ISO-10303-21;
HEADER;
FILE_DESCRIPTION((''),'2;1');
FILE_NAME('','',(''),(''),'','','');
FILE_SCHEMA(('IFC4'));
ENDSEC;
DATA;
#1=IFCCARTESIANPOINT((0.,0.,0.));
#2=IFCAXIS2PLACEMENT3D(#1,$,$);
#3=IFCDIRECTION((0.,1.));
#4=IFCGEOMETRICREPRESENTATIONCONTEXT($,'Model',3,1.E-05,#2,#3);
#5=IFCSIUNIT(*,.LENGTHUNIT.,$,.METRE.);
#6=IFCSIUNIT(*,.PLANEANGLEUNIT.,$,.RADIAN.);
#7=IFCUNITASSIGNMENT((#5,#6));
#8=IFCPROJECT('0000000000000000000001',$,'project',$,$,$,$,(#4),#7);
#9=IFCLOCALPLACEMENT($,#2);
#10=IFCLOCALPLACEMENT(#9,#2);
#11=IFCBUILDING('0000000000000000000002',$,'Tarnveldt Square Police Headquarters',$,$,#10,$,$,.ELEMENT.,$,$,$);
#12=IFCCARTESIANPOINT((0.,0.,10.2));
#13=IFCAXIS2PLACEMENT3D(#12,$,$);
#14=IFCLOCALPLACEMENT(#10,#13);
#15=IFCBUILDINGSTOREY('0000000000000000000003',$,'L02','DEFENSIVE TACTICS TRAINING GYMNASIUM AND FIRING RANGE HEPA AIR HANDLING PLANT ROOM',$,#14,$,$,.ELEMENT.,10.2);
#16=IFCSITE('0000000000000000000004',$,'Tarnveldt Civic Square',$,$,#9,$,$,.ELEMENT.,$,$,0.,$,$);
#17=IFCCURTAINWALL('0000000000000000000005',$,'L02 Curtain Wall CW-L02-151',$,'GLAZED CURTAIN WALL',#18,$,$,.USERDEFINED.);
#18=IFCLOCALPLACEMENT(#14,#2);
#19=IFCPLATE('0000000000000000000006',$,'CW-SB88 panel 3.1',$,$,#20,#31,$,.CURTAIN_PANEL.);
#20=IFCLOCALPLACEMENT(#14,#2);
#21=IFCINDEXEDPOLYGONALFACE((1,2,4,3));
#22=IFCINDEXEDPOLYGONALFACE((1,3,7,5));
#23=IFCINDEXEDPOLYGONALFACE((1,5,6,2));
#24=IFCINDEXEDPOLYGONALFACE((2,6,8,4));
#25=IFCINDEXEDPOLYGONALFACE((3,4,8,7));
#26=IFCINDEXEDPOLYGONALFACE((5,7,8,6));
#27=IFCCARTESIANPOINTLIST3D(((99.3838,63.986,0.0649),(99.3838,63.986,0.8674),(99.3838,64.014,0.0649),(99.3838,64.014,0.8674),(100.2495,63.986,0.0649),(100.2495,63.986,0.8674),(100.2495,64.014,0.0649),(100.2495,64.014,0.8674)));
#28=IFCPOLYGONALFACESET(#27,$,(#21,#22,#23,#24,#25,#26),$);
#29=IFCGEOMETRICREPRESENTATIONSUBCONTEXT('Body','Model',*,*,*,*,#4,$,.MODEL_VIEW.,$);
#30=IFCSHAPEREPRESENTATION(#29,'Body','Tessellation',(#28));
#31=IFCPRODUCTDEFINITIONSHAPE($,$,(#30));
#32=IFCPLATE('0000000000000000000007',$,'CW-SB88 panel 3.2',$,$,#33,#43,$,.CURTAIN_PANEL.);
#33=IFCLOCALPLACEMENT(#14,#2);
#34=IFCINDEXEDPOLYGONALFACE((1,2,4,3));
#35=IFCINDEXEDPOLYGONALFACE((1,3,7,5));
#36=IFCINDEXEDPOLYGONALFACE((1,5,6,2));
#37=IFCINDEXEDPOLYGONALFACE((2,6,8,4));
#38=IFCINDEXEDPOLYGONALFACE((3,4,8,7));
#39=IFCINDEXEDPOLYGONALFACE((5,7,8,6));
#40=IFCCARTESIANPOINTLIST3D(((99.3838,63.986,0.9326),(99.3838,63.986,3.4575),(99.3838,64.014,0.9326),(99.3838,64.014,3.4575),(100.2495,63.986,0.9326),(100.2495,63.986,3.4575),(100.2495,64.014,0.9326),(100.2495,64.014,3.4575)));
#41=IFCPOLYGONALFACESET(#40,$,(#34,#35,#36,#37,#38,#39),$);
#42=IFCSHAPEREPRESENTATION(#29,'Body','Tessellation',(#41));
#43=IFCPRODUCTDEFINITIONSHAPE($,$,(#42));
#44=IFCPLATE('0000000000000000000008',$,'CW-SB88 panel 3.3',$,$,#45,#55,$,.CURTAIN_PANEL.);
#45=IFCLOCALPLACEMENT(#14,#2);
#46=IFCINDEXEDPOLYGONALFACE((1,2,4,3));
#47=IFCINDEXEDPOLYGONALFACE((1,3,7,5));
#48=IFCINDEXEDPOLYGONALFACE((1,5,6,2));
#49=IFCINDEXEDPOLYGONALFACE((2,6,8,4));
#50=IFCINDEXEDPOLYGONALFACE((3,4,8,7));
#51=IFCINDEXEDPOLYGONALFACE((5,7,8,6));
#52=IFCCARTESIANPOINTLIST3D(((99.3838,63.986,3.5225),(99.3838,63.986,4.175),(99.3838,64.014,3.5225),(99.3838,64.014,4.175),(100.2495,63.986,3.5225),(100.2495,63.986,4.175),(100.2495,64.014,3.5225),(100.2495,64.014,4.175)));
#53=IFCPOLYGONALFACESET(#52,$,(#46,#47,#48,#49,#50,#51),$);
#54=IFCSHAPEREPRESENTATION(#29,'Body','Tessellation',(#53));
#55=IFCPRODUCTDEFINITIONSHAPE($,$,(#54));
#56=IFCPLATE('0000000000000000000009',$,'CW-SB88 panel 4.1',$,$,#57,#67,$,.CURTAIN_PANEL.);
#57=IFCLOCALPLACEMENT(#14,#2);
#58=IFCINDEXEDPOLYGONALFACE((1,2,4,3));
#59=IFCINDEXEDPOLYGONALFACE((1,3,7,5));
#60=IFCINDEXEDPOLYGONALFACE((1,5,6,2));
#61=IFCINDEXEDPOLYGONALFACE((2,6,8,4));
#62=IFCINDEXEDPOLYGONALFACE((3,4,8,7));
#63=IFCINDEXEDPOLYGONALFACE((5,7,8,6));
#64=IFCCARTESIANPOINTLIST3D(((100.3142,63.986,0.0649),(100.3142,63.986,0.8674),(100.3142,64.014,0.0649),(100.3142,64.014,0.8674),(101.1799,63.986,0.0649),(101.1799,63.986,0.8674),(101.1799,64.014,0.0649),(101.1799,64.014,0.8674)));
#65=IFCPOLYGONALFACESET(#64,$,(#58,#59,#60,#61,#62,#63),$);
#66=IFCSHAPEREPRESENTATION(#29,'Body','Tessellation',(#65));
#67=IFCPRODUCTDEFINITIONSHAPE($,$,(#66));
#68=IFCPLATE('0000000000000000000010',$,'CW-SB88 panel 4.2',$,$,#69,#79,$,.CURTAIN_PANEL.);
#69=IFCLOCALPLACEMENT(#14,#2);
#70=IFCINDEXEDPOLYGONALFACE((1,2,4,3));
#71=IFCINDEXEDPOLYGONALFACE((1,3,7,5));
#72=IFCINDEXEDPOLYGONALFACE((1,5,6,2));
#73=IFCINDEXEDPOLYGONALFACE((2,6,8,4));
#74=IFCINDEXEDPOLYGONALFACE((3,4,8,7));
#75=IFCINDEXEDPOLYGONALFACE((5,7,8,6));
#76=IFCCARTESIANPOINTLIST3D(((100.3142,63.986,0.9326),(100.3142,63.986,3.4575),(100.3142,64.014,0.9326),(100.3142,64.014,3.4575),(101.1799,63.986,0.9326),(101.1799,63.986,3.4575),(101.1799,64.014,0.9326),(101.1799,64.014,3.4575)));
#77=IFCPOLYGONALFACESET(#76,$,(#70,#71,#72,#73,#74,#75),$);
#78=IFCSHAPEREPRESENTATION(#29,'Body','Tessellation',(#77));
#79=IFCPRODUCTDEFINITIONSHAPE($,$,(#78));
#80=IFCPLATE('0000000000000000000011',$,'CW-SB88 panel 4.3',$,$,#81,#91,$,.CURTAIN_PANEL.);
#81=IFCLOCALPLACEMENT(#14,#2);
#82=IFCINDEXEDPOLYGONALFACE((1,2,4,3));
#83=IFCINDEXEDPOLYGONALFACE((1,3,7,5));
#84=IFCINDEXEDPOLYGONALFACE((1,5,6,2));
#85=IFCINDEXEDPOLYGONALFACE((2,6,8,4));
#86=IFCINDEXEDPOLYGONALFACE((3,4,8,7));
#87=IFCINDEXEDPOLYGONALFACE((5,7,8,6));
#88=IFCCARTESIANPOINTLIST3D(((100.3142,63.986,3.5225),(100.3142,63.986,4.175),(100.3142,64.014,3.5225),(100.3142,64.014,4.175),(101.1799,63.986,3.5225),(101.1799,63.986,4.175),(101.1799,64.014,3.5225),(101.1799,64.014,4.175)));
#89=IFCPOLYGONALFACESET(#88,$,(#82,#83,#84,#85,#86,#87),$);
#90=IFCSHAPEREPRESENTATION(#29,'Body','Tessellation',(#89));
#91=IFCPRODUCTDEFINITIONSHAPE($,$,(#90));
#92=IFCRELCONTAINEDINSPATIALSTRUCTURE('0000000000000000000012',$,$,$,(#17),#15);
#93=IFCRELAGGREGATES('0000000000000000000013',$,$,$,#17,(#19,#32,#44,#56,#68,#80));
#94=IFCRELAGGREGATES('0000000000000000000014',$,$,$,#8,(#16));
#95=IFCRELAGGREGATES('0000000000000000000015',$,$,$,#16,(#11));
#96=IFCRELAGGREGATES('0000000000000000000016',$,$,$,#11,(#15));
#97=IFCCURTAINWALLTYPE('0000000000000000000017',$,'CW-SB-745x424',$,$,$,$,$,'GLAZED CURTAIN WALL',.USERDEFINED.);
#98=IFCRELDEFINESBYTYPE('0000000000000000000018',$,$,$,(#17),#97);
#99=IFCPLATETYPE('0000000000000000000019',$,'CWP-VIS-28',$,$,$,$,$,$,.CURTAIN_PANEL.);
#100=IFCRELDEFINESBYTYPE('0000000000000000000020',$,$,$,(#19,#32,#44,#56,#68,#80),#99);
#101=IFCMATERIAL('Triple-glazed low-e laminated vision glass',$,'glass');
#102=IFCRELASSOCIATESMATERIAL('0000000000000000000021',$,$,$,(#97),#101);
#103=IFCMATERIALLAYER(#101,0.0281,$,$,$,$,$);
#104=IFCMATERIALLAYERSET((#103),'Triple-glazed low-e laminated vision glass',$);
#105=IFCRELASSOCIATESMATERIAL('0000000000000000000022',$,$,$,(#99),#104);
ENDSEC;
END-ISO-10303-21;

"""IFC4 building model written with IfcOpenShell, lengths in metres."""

from ifc_helpers import new_model, si_unit, direction, frame, origin, origin_2d, place, context, subcontext, project, spatial, rectangle, extrude, material, layer, layer_set, type_object, element, aggregate, save


model = new_model("IFC4")

# Units and contexts
model_context = context("Model", 3, precision=1e-05, world=origin(), true_north=direction((0.0, 1.0)))
body_context = subcontext(model_context, "Body", "Model", "MODEL_VIEW")
ifc_project = project(units=[si_unit("LENGTHUNIT", "METRE"), si_unit("PLANEANGLEUNIT", "RADIAN")], contexts=[model_context])

# Site, building, storey
site_placement = place(None, origin())
site = spatial("IfcSite", under=ifc_project, at=site_placement, Name="Tarnveldt Civic Square", CompositionType="ELEMENT", RefElevation=0.0)
building_placement = place(site_placement, origin())
building = spatial("IfcBuilding", under=site, at=building_placement, Name="Tarnveldt Square Police Headquarters", CompositionType="ELEMENT")
storey_placement = place(building_placement, frame((0.0, 0.0, 10.2)))
storey = spatial("IfcBuildingStorey", under=building, at=storey_placement, Name="L02", Description="DEFENSIVE TACTICS TRAINING GYMNASIUM AND FIRING RANGE HEPA AIR HANDLING PLANT ROOM", CompositionType="ELEMENT", Elevation=10.2)

# Curtain wall, plates
ifc_material_1 = material(Name="Triple-glazed low-e laminated vision glass", Category="glass")
curtain_wall_type = type_object("IfcCurtainWallType", Name="CW-SB-745x424", ElementType="GLAZED CURTAIN WALL", PredefinedType="USERDEFINED", material=ifc_material_1)
curtain_wall_placement = place(storey_placement, origin())
curtain_wall = element("IfcCurtainWall", 1, at=curtain_wall_placement, inside=storey, type_object=curtain_wall_type, Name="L02 Curtain Wall CW-L02-151", ObjectType="GLAZED CURTAIN WALL", PredefinedType="USERDEFINED")
ifc_layer = layer(ifc_material_1, 0.0281)
ifc_layer_set = layer_set([ifc_layer], Name="Triple-glazed low-e laminated vision glass")
plate_type = type_object("IfcPlateType", Name="CWP-VIS-28", PredefinedType="CURTAIN_PANEL", material=ifc_layer_set)
plate_1_placement = place(storey_placement, frame((99.8167, 64.0, 0.0649), z_axis=(0.0, 0.0, 1.0), x_axis=(1.0, 0.0, 0.0)))
plate_1 = element("IfcPlate", 2, at=plate_1_placement, type_object=plate_type, Name="CW-SB88 panel 3.1", PredefinedType="CURTAIN_PANEL", context=body_context, shape_type="SweptSolid", body=[
    extrude(rectangle(XDim=0.8657, YDim=0.0281, at=origin_2d()), origin(), (0.0, 0.0, 1.0), 0.8025),
])
plate_2_placement = place(storey_placement, frame((99.8167, 64.0, 0.9326), z_axis=(0.0, 0.0, 1.0), x_axis=(1.0, 0.0, 0.0)))
plate_2 = element("IfcPlate", 3, at=plate_2_placement, type_object=plate_type, Name="CW-SB88 panel 3.2", PredefinedType="CURTAIN_PANEL", context=body_context, shape_type="SweptSolid", body=[
    extrude(rectangle(XDim=0.8657, YDim=0.0281, at=origin_2d()), origin(), (0.0, 0.0, 1.0), 2.5249),
])
plate_3_placement = place(storey_placement, frame((99.8167, 64.0, 3.5225), z_axis=(0.0, 0.0, 1.0), x_axis=(1.0, 0.0, 0.0)))
plate_3 = element("IfcPlate", 4, at=plate_3_placement, type_object=plate_type, Name="CW-SB88 panel 3.3", PredefinedType="CURTAIN_PANEL", context=body_context, shape_type="SweptSolid", body=[
    extrude(rectangle(XDim=0.8657, YDim=0.0281, at=origin_2d()), origin(), (0.0, 0.0, 1.0), 0.6526),
])
plate_4_placement = place(storey_placement, frame((100.7471, 64.0, 0.0649), z_axis=(0.0, 0.0, 1.0), x_axis=(1.0, 0.0, 0.0)))
plate_4 = element("IfcPlate", 5, at=plate_4_placement, type_object=plate_type, Name="CW-SB88 panel 4.1", PredefinedType="CURTAIN_PANEL", context=body_context, shape_type="SweptSolid", body=[
    extrude(rectangle(XDim=0.8657, YDim=0.0281, at=origin_2d()), origin(), (0.0, 0.0, 1.0), 0.8025),
])
plate_5_placement = place(storey_placement, frame((100.7471, 64.0, 0.9326), z_axis=(0.0, 0.0, 1.0), x_axis=(1.0, 0.0, 0.0)))
plate_5 = element("IfcPlate", 6, at=plate_5_placement, type_object=plate_type, Name="CW-SB88 panel 4.2", PredefinedType="CURTAIN_PANEL", context=body_context, shape_type="SweptSolid", body=[
    extrude(rectangle(XDim=0.8657, YDim=0.0281, at=origin_2d()), origin(), (0.0, 0.0, 1.0), 2.5249),
])
plate_6_placement = place(storey_placement, frame((100.7471, 64.0, 3.5225), z_axis=(0.0, 0.0, 1.0), x_axis=(1.0, 0.0, 0.0)))
plate_6 = element("IfcPlate", 7, at=plate_6_placement, type_object=plate_type, Name="CW-SB88 panel 4.3", PredefinedType="CURTAIN_PANEL", context=body_context, shape_type="SweptSolid", body=[
    extrude(rectangle(XDim=0.8657, YDim=0.0281, at=origin_2d()), origin(), (0.0, 0.0, 1.0), 0.6526),
])
aggregate(curtain_wall, [plate_1, plate_2, plate_3, plate_4, plate_5, plate_6])

save(model, "model.ifc")
